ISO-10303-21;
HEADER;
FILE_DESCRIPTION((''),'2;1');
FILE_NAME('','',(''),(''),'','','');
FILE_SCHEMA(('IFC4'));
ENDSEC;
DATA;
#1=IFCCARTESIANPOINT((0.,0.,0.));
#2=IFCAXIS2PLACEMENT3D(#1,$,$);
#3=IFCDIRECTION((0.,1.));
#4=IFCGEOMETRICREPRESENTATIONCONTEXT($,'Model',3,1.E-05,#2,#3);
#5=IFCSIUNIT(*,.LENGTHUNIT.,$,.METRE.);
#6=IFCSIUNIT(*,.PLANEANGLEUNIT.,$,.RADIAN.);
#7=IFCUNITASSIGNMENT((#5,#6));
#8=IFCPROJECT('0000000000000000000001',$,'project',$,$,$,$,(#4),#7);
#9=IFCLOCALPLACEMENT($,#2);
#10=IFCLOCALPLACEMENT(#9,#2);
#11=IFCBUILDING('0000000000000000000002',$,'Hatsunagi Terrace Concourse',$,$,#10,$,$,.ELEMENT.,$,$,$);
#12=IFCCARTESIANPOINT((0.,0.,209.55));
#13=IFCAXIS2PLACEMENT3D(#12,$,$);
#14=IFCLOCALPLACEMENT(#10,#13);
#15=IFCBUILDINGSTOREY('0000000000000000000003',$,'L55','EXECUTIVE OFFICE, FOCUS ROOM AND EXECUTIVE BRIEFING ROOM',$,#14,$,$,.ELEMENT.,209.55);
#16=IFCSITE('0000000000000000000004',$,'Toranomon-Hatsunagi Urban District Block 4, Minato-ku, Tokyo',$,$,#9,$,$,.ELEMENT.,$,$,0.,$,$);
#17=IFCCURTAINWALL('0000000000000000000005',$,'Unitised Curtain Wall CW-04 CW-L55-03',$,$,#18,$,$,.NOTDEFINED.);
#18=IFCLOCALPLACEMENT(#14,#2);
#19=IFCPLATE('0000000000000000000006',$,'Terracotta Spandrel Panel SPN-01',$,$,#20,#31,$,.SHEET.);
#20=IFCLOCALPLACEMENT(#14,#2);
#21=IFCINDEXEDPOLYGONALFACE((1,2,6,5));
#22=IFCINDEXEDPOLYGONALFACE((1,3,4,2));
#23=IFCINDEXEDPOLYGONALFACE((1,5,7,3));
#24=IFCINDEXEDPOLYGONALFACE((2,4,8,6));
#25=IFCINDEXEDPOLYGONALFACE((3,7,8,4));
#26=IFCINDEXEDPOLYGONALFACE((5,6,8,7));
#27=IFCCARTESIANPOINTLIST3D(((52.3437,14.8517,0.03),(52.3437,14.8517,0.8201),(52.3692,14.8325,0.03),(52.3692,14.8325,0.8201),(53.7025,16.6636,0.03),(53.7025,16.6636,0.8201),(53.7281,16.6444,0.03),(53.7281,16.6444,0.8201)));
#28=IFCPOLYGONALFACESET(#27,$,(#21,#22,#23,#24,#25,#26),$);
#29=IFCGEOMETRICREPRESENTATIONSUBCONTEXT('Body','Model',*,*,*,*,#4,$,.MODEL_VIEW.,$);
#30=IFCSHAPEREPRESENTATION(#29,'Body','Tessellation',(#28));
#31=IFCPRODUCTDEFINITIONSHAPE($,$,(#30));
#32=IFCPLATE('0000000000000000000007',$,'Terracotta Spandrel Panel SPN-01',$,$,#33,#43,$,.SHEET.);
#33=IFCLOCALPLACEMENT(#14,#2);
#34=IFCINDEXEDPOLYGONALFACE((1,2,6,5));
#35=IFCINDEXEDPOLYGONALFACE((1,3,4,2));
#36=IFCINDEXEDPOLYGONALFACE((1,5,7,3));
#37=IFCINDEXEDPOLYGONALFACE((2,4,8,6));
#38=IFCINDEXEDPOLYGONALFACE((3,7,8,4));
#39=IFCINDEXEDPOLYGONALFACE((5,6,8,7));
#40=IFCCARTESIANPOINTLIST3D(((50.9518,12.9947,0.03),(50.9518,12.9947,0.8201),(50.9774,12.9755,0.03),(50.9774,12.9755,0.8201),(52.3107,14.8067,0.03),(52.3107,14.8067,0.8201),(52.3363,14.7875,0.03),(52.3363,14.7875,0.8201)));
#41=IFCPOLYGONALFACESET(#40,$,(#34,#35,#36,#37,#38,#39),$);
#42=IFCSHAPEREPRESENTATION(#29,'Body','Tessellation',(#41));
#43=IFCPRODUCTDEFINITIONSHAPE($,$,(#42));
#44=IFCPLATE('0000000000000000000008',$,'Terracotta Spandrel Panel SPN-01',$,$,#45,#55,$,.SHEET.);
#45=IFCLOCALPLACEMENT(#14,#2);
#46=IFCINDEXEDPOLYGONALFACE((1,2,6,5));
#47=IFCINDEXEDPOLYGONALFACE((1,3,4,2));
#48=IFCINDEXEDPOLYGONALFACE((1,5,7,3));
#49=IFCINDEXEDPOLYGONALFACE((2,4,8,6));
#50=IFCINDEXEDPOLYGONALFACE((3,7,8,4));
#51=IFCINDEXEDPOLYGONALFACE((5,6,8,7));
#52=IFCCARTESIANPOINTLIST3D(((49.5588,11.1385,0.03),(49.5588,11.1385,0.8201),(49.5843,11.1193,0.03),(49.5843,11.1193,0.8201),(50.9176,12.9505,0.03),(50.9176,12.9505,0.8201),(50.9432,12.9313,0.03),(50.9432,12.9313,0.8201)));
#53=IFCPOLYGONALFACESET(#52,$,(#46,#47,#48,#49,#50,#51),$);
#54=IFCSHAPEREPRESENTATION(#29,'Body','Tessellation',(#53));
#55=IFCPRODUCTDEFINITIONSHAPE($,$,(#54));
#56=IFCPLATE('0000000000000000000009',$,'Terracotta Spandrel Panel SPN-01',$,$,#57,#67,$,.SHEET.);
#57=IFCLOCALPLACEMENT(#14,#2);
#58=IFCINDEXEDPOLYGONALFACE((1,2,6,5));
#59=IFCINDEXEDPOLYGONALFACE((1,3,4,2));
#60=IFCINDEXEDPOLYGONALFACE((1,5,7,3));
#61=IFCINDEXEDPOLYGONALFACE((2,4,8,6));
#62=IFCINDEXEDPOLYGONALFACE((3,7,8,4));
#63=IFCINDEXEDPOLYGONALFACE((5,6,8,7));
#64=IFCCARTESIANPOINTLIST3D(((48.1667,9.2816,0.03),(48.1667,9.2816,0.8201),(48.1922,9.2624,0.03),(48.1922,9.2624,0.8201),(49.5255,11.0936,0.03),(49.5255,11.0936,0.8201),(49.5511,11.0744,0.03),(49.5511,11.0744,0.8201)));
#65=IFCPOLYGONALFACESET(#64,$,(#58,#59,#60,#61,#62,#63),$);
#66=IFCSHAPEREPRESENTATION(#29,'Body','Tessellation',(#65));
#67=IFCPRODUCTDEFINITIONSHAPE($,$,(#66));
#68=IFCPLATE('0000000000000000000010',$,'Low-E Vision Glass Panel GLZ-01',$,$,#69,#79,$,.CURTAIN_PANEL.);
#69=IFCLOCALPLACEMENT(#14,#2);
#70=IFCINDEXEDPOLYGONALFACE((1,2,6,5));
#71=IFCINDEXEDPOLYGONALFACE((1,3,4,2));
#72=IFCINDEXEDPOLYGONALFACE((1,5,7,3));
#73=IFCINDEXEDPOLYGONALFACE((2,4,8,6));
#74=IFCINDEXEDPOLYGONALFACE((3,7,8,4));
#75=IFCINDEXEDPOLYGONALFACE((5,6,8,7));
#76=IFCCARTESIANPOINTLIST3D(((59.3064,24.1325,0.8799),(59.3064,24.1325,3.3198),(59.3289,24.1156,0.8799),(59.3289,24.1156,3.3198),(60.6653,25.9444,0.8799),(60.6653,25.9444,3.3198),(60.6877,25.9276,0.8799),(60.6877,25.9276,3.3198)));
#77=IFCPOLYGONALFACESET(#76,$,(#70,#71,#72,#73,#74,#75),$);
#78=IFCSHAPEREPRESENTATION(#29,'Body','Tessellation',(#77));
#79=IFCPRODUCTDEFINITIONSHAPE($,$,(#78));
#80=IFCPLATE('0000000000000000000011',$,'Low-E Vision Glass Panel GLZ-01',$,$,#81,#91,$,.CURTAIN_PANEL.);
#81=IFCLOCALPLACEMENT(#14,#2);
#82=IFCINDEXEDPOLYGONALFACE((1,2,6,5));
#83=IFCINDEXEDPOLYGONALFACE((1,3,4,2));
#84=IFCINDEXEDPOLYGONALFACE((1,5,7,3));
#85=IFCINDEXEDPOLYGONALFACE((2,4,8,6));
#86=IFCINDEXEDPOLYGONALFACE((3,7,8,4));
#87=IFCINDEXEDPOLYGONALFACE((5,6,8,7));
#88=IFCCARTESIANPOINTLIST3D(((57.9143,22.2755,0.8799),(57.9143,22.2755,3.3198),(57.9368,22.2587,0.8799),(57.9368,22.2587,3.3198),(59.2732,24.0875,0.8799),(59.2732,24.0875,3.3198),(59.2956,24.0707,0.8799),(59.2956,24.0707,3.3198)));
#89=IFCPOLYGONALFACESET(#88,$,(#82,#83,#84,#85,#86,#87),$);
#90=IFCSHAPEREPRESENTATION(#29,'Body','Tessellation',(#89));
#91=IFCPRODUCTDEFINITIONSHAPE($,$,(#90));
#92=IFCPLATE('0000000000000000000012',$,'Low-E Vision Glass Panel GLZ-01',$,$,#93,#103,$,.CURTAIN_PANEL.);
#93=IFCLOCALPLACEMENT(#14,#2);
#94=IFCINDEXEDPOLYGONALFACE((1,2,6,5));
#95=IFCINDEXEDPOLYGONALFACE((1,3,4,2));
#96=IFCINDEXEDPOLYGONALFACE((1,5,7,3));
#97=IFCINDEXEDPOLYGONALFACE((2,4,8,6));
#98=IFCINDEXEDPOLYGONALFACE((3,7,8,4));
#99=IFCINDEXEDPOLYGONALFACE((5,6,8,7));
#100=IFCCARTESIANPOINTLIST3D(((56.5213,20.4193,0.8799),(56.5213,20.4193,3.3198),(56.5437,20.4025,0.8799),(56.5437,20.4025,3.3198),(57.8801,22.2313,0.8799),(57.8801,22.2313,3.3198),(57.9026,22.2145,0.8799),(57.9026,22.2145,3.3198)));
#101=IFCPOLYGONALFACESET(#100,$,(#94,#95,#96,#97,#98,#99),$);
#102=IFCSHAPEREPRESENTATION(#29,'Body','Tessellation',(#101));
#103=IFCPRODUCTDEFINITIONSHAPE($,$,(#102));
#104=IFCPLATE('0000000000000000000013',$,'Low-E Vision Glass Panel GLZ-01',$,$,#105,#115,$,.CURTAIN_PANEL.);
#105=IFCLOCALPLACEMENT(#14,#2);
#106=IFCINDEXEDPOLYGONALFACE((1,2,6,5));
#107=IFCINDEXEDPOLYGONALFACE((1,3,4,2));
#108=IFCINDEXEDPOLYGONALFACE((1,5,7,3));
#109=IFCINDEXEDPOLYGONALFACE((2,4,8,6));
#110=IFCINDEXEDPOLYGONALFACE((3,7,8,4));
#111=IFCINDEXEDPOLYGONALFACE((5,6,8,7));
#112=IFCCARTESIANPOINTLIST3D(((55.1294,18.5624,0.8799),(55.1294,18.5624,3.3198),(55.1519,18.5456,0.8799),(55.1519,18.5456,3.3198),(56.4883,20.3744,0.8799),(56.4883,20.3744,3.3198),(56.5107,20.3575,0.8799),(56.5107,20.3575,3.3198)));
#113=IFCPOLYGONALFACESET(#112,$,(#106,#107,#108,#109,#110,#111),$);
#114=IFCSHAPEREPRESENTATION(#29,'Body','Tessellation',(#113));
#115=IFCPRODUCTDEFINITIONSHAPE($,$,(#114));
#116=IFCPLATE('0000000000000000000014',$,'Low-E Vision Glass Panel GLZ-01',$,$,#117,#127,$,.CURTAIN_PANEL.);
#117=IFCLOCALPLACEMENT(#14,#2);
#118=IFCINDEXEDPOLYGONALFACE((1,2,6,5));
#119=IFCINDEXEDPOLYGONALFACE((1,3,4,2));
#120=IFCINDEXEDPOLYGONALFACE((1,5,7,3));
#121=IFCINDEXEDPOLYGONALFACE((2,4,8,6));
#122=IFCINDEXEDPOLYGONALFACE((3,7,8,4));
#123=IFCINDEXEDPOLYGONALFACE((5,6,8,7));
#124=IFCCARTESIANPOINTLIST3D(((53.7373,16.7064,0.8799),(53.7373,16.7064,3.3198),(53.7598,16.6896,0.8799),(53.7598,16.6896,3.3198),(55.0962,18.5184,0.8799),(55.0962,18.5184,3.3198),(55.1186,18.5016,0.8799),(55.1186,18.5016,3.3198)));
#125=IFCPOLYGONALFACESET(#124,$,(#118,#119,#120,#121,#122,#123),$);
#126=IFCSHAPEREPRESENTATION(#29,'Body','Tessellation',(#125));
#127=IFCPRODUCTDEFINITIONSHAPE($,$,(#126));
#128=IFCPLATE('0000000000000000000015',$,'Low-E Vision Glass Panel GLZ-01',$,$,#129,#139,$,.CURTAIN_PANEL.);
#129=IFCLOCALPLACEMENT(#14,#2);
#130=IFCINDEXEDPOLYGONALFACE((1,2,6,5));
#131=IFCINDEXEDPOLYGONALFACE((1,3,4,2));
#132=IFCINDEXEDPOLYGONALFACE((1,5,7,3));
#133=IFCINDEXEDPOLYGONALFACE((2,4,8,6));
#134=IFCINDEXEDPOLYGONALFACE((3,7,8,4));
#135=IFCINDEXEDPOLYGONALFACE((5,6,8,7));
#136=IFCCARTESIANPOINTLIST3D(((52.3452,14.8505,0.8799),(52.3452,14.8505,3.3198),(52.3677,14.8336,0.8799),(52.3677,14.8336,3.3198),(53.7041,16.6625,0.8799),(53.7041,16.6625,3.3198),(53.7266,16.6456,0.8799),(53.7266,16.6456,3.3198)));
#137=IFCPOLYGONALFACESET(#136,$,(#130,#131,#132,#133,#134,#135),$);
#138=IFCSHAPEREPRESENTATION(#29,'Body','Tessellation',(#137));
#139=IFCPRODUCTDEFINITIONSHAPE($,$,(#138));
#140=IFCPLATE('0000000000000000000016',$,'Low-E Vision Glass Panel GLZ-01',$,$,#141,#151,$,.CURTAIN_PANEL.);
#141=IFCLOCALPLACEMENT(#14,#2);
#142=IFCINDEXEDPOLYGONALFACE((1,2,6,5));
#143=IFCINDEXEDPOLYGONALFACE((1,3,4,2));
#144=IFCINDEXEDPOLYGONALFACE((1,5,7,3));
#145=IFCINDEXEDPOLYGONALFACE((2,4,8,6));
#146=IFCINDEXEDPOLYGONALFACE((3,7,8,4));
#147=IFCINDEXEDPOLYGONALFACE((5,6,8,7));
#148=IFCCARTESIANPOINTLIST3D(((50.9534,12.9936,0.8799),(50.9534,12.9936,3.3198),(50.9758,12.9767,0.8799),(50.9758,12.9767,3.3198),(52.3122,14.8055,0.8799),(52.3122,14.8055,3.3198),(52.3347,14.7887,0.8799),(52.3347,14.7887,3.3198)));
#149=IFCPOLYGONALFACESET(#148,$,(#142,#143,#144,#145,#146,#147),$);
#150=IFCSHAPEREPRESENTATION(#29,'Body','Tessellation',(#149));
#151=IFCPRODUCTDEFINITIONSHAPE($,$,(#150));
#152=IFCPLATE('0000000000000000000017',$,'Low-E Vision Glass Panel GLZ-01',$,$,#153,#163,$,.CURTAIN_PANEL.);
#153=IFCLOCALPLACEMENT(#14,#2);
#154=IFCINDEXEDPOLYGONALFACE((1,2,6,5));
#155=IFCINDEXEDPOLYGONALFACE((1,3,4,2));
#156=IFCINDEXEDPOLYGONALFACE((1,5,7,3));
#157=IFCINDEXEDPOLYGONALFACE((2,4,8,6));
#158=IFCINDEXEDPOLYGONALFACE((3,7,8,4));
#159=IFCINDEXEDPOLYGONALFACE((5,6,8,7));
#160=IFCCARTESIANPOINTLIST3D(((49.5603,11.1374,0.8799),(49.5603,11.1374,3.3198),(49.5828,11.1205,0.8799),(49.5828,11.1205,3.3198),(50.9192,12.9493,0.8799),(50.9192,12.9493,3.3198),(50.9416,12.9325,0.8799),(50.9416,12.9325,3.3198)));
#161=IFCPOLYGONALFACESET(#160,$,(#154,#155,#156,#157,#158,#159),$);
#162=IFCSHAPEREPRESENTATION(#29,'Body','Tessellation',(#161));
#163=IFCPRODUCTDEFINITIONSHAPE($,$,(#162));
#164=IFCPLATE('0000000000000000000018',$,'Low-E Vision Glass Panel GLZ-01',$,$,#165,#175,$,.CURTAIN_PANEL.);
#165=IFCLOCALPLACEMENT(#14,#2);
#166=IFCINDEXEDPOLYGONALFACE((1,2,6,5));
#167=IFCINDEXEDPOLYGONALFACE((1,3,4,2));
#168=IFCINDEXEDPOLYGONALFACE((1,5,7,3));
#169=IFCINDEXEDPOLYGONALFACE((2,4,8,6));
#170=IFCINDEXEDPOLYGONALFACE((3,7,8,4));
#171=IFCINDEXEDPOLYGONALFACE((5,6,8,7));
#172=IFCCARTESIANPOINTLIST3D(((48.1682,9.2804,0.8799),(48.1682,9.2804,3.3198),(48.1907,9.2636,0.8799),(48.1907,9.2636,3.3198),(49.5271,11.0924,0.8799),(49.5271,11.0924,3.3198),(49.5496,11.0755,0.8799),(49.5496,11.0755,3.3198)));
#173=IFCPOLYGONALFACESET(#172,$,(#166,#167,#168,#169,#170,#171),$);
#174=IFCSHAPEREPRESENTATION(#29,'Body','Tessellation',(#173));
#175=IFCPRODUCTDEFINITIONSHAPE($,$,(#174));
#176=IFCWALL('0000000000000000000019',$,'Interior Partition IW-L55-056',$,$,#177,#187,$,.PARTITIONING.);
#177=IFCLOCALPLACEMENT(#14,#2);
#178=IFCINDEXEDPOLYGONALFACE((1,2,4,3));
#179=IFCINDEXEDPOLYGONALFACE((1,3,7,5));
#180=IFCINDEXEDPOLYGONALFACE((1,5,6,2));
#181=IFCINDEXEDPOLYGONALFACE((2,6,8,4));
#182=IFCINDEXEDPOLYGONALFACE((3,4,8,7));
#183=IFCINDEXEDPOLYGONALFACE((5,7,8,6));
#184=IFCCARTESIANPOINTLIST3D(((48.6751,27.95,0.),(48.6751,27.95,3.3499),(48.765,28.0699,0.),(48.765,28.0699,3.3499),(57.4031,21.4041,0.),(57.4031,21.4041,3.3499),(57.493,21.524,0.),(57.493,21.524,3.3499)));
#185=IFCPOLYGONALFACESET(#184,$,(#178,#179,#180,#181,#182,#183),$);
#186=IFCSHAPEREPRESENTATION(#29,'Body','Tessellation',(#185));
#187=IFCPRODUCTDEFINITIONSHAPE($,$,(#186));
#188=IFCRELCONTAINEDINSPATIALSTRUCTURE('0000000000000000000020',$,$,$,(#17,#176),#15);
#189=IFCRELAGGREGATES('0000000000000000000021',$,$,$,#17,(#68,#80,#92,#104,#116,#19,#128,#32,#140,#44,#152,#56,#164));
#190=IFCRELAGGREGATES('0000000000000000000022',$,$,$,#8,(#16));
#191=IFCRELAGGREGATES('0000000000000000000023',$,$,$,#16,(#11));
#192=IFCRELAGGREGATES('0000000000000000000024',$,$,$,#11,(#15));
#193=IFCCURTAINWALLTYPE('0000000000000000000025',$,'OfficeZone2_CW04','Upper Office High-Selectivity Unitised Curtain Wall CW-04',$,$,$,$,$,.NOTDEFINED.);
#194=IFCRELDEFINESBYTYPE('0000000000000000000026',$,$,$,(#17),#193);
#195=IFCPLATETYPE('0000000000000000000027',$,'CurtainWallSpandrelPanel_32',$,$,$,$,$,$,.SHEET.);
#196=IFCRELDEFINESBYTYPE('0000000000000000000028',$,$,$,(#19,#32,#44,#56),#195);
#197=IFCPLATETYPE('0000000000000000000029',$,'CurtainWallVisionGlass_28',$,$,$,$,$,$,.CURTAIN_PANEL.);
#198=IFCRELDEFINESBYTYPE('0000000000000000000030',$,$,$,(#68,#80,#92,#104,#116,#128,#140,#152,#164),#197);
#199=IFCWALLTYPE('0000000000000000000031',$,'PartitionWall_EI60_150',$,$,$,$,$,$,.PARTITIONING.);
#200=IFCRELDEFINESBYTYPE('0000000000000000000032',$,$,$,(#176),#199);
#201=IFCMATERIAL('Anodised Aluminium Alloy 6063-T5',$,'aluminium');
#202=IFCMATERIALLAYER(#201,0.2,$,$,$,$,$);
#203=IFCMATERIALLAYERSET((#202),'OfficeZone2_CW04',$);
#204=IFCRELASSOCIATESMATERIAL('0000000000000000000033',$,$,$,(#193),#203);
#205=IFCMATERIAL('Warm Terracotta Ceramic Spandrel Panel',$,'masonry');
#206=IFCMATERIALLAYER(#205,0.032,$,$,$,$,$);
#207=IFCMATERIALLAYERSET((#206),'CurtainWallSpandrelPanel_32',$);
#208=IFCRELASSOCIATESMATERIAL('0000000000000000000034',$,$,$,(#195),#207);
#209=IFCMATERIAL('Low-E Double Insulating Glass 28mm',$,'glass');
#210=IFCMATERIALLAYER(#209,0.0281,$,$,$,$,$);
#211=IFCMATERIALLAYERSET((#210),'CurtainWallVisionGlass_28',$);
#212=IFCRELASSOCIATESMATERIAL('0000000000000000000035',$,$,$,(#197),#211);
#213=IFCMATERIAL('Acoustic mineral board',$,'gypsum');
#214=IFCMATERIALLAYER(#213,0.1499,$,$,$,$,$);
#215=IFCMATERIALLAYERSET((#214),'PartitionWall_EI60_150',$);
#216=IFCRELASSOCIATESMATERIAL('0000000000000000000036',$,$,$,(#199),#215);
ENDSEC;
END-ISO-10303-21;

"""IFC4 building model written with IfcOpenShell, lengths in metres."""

from ifc_helpers import new_model, si_unit, direction, frame, frame_2d, origin, origin_2d, place, context, subcontext, project, spatial, rectangle, extrude, material, layer, layer_set, type_object, element, aggregate, save


model = new_model("IFC4")

# Units and contexts
model_context = context("Model", 3, precision=1e-05, world=origin(), true_north=direction((0.0, 1.0)))
body_context = subcontext(model_context, "Body", "Model", "MODEL_VIEW")
ifc_project = project(units=[si_unit("LENGTHUNIT", "METRE"), si_unit("PLANEANGLEUNIT", "RADIAN")], contexts=[model_context])

# Site, building, storey
site_placement = place(None, origin())
site = spatial("IfcSite", under=ifc_project, at=site_placement, Name="Toranomon-Hatsunagi Urban District Block 4, Minato-ku, Tokyo", CompositionType="ELEMENT", RefElevation=0.0)
building_placement = place(site_placement, origin())
building = spatial("IfcBuilding", under=site, at=building_placement, Name="Hatsunagi Terrace Concourse", CompositionType="ELEMENT")
storey_placement = place(building_placement, frame((0.0, 0.0, 209.55)))
storey = spatial("IfcBuildingStorey", under=building, at=storey_placement, Name="L55", Description="EXECUTIVE OFFICE, FOCUS ROOM AND EXECUTIVE BRIEFING ROOM", CompositionType="ELEMENT", Elevation=209.55)

# Curtain wall
ifc_material_1 = material(Name="Anodised Aluminium Alloy 6063-T5", Category="aluminium")
ifc_layer_1 = layer(ifc_material_1, 0.2)
ifc_layer_set_1 = layer_set([ifc_layer_1], Name="OfficeZone2_CW04")
curtain_wall_type = type_object("IfcCurtainWallType", Name="OfficeZone2_CW04", Description="Upper Office High-Selectivity Unitised Curtain Wall CW-04", PredefinedType="NOTDEFINED", material=ifc_layer_set_1)
curtain_wall_placement = place(storey_placement, origin())
curtain_wall = element("IfcCurtainWall", 1, at=curtain_wall_placement, inside=storey, type_object=curtain_wall_type, Name="Unitised Curtain Wall CW-04 CW-L55-03", PredefinedType="NOTDEFINED")

# Plates
ifc_material_2 = material(Name="Warm Terracotta Ceramic Spandrel Panel", Category="masonry")
ifc_layer_2 = layer(ifc_material_2, 0.032)
ifc_layer_set_2 = layer_set([ifc_layer_2], Name="CurtainWallSpandrelPanel_32")
plate_type_1 = type_object("IfcPlateType", Name="CurtainWallSpandrelPanel_32", PredefinedType="SHEET", material=ifc_layer_set_2)
plate_1_placement = place(storey_placement, frame((53.0359, 15.748, 0.03), z_axis=(0.0, 0.0, 1.0), x_axis=(-0.599969, -0.800023, 0.0)))
plate_1 = element("IfcPlate", 2, at=plate_1_placement, type_object=plate_type_1, Name="Terracotta Spandrel Panel SPN-01", PredefinedType="SHEET", context=body_context, shape_type="SweptSolid", body=[
    extrude(rectangle(XDim=2.2649, YDim=0.032, at=origin_2d()), origin(), (0.0, 0.0, 1.0), 0.79),
])
plate_2_placement = place(storey_placement, frame((51.644, 13.8911, 0.03), z_axis=(0.0, 0.0, 1.0), x_axis=(-0.599969, -0.800023, 0.0)))
plate_2 = element("IfcPlate", 3, at=plate_2_placement, type_object=plate_type_1, Name="Terracotta Spandrel Panel SPN-01", PredefinedType="SHEET", context=body_context, shape_type="SweptSolid", body=[
    extrude(rectangle(XDim=2.2649, YDim=0.032, at=origin_2d()), origin(), (0.0, 0.0, 1.0), 0.79),
])
plate_3_placement = place(storey_placement, frame((50.251, 12.0349, 0.03), z_axis=(0.0, 0.0, 1.0), x_axis=(-0.599969, -0.800023, 0.0)))
plate_3 = element("IfcPlate", 4, at=plate_3_placement, type_object=plate_type_1, Name="Terracotta Spandrel Panel SPN-01", PredefinedType="SHEET", context=body_context, shape_type="SweptSolid", body=[
    extrude(rectangle(XDim=2.2649, YDim=0.032, at=origin_2d()), origin(), (0.0, 0.0, 1.0), 0.79),
])
plate_4_placement = place(storey_placement, frame((48.8589, 10.178, 0.03), z_axis=(0.0, 0.0, 1.0), x_axis=(-0.599969, -0.800023, 0.0)))
plate_4 = element("IfcPlate", 5, at=plate_4_placement, type_object=plate_type_1, Name="Terracotta Spandrel Panel SPN-01", PredefinedType="SHEET", context=body_context, shape_type="SweptSolid", body=[
    extrude(rectangle(XDim=2.2649, YDim=0.032, at=origin_2d()), origin(), (0.0, 0.0, 1.0), 0.79),
])
ifc_material_3 = material(Name="Low-E Double Insulating Glass 28mm", Category="glass")
ifc_layer_3 = layer(ifc_material_3, 0.0281)
ifc_layer_set_3 = layer_set([ifc_layer_3], Name="CurtainWallVisionGlass_28")
plate_type_2 = type_object("IfcPlateType", Name="CurtainWallVisionGlass_28", PredefinedType="CURTAIN_PANEL", material=ifc_layer_set_3)
plate_5_placement = place(storey_placement, frame((59.9971, 25.03, 0.8799), z_axis=(0.0, 0.0, 1.0), x_axis=(-0.599969, -0.800023, 0.0)))
plate_5 = element("IfcPlate", 6, at=plate_5_placement, type_object=plate_type_2, Name="Low-E Vision Glass Panel GLZ-01", PredefinedType="CURTAIN_PANEL", context=body_context, shape_type="SweptSolid", body=[
    extrude(rectangle(XDim=2.2649, YDim=0.0281, at=origin_2d()), origin(), (0.0, 0.0, 1.0), 2.4399),
])
plate_6_placement = place(storey_placement, frame((58.605, 23.1731, 0.8799), z_axis=(0.0, 0.0, 1.0), x_axis=(-0.599969, -0.800023, 0.0)))
plate_6 = element("IfcPlate", 7, at=plate_6_placement, type_object=plate_type_2, Name="Low-E Vision Glass Panel GLZ-01", PredefinedType="CURTAIN_PANEL", context=body_context, shape_type="SweptSolid", body=[
    extrude(rectangle(XDim=2.2649, YDim=0.0281, at=origin_2d()), origin(), (0.0, 0.0, 1.0), 2.4399),
])
plate_7_placement = place(storey_placement, frame((57.2119, 21.3169, 0.8799), z_axis=(0.0, 0.0, 1.0), x_axis=(-0.599969, -0.800023, 0.0)))
plate_7 = element("IfcPlate", 8, at=plate_7_placement, type_object=plate_type_2, Name="Low-E Vision Glass Panel GLZ-01", PredefinedType="CURTAIN_PANEL", context=body_context, shape_type="SweptSolid", body=[
    extrude(rectangle(XDim=2.2649, YDim=0.0281, at=origin_2d()), origin(), (0.0, 0.0, 1.0), 2.4399),
])
plate_8_placement = place(storey_placement, frame((55.8201, 19.46, 0.8799), z_axis=(0.0, 0.0, 1.0), x_axis=(-0.599969, -0.800023, 0.0)))
plate_8 = element("IfcPlate", 9, at=plate_8_placement, type_object=plate_type_2, Name="Low-E Vision Glass Panel GLZ-01", PredefinedType="CURTAIN_PANEL", context=body_context, shape_type="SweptSolid", body=[
    extrude(rectangle(XDim=2.2649, YDim=0.0281, at=origin_2d()), origin(), (0.0, 0.0, 1.0), 2.4399),
])
plate_9_placement = place(storey_placement, frame((54.428, 17.604, 0.8799), z_axis=(0.0, 0.0, 1.0), x_axis=(-0.599969, -0.800023, 0.0)))
plate_9 = element("IfcPlate", 10, at=plate_9_placement, type_object=plate_type_2, Name="Low-E Vision Glass Panel GLZ-01", PredefinedType="CURTAIN_PANEL", context=body_context, shape_type="SweptSolid", body=[
    extrude(rectangle(XDim=2.2649, YDim=0.0281, at=origin_2d()), origin(), (0.0, 0.0, 1.0), 2.4399),
])
plate_10_placement = place(storey_placement, frame((53.0359, 15.748, 0.8799), z_axis=(0.0, 0.0, 1.0), x_axis=(-0.599969, -0.800023, 0.0)))
plate_10 = element("IfcPlate", 11, at=plate_10_placement, type_object=plate_type_2, Name="Low-E Vision Glass Panel GLZ-01", PredefinedType="CURTAIN_PANEL", context=body_context, shape_type="SweptSolid", body=[
    extrude(rectangle(XDim=2.2649, YDim=0.0281, at=origin_2d()), origin(), (0.0, 0.0, 1.0), 2.4399),
])
plate_11_placement = place(storey_placement, frame((51.644, 13.8911, 0.8799), z_axis=(0.0, 0.0, 1.0), x_axis=(-0.599969, -0.800023, 0.0)))
plate_11 = element("IfcPlate", 12, at=plate_11_placement, type_object=plate_type_2, Name="Low-E Vision Glass Panel GLZ-01", PredefinedType="CURTAIN_PANEL", context=body_context, shape_type="SweptSolid", body=[
    extrude(rectangle(XDim=2.2649, YDim=0.0281, at=origin_2d()), origin(), (0.0, 0.0, 1.0), 2.4399),
])
plate_12_placement = place(storey_placement, frame((50.251, 12.0349, 0.8799), z_axis=(0.0, 0.0, 1.0), x_axis=(-0.599969, -0.800023, 0.0)))
plate_12 = element("IfcPlate", 13, at=plate_12_placement, type_object=plate_type_2, Name="Low-E Vision Glass Panel GLZ-01", PredefinedType="CURTAIN_PANEL", context=body_context, shape_type="SweptSolid", body=[
    extrude(rectangle(XDim=2.2649, YDim=0.0281, at=origin_2d()), origin(), (0.0, 0.0, 1.0), 2.4399),
])
plate_13_placement = place(storey_placement, frame((48.8589, 10.178, 0.8799), z_axis=(0.0, 0.0, 1.0), x_axis=(-0.599969, -0.800023, 0.0)))
plate_13 = element("IfcPlate", 14, at=plate_13_placement, type_object=plate_type_2, Name="Low-E Vision Glass Panel GLZ-01", PredefinedType="CURTAIN_PANEL", context=body_context, shape_type="SweptSolid", body=[
    extrude(rectangle(XDim=2.2649, YDim=0.0281, at=origin_2d()), origin(), (0.0, 0.0, 1.0), 2.4399),
])
aggregate(curtain_wall, [plate_5, plate_6, plate_7, plate_8, plate_9, plate_1, plate_10, plate_2, plate_11, plate_3, plate_12, plate_4, plate_13])

# Wall
ifc_material_4 = material(Name="Acoustic mineral board", Category="gypsum")
ifc_layer_4 = layer(ifc_material_4, 0.1499)
ifc_layer_set_4 = layer_set([ifc_layer_4], Name="PartitionWall_EI60_150")
wall_type_1 = type_object("IfcWallType", Name="PartitionWall_EI60_150", PredefinedType="PARTITIONING", material=ifc_layer_set_4)
wall_1_placement = place(storey_placement, frame((48.72, 28.01, 0.0), z_axis=(0.0, 0.0, 1.0), x_axis=(0.800005, -0.599993, 0.0)))
element("IfcWall", 15, at=wall_1_placement, inside=storey, type_object=wall_type_1, Name="Interior Partition IW-L55-056", PredefinedType="PARTITIONING", context=body_context, shape_type="SweptSolid", body=[
    extrude(rectangle(XDim=10.9099, YDim=0.1499, at=frame_2d((5.4551, 0.0))), origin(), (0.0, 0.0, 1.0), 3.3499),
])

save(model, "model.ifc")
